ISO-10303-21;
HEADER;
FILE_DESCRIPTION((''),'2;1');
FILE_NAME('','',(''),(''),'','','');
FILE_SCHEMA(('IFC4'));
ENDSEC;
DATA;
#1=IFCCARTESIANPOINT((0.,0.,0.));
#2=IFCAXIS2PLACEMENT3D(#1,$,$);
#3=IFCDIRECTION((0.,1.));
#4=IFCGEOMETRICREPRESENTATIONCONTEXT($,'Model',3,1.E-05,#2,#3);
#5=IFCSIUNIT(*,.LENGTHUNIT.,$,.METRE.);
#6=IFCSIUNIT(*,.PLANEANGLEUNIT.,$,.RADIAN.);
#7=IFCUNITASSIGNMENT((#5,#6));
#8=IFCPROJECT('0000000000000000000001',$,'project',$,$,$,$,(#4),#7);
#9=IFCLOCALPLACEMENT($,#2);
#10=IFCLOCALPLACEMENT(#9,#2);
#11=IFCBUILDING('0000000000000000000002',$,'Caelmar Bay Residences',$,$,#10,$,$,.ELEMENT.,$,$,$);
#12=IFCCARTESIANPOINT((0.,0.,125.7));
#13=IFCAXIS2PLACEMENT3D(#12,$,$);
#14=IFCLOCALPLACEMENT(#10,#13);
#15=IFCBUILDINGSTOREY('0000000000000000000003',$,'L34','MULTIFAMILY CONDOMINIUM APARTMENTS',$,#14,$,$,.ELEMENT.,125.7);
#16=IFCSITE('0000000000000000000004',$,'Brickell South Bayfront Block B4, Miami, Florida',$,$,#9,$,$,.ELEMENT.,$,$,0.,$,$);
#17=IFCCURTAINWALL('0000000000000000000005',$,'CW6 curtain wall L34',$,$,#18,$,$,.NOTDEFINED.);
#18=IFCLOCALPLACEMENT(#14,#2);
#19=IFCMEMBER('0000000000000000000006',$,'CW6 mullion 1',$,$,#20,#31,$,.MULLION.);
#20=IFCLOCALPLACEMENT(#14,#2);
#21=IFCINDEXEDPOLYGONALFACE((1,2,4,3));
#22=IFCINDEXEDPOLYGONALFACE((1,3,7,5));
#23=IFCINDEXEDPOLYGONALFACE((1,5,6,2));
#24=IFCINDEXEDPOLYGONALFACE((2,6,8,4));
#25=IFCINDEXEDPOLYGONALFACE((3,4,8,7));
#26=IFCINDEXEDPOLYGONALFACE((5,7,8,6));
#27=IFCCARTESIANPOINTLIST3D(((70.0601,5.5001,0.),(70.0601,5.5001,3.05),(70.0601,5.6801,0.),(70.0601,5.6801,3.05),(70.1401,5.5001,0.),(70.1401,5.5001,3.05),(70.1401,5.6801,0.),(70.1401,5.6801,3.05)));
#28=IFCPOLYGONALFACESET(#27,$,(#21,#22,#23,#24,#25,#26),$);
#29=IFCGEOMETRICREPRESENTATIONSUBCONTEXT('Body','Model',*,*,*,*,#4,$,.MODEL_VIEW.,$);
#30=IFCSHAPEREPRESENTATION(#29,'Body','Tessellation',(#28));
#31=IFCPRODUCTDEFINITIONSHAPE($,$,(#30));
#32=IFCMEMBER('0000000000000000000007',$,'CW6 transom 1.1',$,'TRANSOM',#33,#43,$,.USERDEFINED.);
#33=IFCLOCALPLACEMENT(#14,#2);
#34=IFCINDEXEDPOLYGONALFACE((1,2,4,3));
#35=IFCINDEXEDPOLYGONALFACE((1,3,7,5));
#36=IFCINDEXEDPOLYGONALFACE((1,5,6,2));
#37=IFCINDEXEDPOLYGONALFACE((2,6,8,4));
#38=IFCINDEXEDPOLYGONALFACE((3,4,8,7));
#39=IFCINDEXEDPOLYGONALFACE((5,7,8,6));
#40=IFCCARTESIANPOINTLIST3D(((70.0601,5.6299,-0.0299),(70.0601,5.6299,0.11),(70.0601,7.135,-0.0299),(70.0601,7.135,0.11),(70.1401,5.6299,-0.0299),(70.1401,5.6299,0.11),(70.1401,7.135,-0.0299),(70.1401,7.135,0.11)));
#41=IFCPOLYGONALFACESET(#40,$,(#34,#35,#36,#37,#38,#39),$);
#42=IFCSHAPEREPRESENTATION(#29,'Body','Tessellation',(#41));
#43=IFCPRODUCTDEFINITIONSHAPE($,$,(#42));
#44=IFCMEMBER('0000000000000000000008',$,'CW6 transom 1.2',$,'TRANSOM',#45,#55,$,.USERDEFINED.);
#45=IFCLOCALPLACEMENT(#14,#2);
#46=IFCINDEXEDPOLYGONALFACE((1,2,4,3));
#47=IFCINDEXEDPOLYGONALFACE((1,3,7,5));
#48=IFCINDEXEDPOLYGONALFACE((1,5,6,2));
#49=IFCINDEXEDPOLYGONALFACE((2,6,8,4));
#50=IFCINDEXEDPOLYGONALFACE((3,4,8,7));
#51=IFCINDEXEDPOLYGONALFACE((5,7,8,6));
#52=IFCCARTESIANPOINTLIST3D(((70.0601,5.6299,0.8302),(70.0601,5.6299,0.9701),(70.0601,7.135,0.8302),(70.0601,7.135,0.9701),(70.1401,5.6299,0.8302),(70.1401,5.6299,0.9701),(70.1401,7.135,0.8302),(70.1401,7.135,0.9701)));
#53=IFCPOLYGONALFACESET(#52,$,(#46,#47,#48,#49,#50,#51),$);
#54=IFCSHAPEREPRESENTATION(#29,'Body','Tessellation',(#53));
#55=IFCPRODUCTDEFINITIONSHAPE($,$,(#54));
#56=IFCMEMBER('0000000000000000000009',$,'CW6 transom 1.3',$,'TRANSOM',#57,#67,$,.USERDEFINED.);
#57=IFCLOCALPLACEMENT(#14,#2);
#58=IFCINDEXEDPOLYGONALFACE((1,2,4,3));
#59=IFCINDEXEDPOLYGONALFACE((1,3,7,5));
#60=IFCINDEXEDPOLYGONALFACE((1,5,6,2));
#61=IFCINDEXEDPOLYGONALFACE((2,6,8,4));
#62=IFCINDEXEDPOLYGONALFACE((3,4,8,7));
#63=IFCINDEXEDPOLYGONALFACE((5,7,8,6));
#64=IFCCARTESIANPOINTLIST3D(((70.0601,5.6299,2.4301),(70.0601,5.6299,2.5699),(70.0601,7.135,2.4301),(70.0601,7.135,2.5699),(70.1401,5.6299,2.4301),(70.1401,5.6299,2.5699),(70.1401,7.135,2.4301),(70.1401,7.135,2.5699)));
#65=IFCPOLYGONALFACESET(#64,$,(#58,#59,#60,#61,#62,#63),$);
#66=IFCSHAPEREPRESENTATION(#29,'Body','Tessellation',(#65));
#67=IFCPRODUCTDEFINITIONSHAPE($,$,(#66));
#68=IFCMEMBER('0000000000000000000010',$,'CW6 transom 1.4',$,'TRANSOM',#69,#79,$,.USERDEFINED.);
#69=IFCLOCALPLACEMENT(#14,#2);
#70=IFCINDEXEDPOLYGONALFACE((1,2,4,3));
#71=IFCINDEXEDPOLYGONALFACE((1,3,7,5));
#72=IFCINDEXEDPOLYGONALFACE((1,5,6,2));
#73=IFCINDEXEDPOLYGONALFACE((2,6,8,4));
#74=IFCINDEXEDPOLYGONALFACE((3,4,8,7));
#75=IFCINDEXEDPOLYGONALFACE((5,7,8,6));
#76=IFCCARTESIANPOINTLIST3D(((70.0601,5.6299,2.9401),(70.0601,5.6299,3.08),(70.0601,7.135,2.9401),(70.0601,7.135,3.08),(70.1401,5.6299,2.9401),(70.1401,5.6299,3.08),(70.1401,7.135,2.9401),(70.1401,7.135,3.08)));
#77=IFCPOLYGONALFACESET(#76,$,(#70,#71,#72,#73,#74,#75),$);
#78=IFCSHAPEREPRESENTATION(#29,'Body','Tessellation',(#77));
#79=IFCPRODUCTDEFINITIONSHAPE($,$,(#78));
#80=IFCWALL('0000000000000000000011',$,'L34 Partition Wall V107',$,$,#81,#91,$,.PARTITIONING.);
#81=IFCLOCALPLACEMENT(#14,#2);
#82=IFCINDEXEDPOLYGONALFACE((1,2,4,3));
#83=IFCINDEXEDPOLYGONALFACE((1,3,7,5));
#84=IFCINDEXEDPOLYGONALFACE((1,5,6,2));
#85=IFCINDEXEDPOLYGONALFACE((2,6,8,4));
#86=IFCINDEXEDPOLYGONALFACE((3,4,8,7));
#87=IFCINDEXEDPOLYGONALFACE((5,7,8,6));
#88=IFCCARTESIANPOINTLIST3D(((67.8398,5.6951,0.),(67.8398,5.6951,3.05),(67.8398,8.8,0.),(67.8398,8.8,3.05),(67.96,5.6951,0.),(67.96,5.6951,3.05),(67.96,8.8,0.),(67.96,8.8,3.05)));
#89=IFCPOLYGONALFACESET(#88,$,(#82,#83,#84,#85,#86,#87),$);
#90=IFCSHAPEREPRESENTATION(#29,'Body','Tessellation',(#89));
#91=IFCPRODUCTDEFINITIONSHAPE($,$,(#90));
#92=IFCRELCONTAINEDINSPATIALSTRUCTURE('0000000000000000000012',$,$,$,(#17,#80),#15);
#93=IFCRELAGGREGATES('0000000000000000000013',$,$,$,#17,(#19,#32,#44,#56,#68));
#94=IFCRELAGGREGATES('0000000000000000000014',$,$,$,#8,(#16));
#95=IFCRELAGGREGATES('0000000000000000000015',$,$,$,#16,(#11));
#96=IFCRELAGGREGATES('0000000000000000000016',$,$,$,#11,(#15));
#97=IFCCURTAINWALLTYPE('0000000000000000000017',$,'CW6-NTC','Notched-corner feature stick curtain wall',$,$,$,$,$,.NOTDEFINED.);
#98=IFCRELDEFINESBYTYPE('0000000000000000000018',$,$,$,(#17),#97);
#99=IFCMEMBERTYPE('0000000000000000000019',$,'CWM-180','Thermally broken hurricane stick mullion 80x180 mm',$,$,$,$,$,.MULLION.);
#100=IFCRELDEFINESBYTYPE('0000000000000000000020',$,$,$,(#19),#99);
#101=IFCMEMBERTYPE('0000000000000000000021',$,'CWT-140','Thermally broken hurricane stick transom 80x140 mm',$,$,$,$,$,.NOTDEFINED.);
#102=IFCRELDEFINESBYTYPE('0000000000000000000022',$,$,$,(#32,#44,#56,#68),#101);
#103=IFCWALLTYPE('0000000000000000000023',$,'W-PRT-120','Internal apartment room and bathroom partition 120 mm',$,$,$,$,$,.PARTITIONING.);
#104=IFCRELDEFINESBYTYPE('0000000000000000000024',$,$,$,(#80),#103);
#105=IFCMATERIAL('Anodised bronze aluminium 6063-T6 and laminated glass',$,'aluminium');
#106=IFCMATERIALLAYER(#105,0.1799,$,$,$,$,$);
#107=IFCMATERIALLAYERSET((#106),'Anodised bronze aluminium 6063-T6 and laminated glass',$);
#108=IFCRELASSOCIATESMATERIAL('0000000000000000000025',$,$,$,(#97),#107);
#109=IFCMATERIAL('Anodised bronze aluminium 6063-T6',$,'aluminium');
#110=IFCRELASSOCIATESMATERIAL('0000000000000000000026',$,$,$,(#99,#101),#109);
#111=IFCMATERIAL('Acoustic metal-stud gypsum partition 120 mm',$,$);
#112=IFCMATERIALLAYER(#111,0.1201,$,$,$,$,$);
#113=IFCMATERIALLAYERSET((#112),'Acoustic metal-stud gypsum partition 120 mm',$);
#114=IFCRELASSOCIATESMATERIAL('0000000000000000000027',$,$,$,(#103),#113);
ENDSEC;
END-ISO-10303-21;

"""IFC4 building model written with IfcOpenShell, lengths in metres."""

from ifc_helpers import new_model, si_unit, direction, frame, frame_2d, origin, origin_2d, place, context, subcontext, project, spatial, rectangle, extrude, material, layer, layer_set, material_profile, profile_set, type_object, element, aggregate, save


model = new_model("IFC4")

# Units and contexts
model_context = context("Model", 3, precision=1e-05, world=origin(), true_north=direction((0.0, 1.0)))
body_context = subcontext(model_context, "Body", "Model", "MODEL_VIEW")
ifc_project = project(units=[si_unit("LENGTHUNIT", "METRE"), si_unit("PLANEANGLEUNIT", "RADIAN")], contexts=[model_context])

# Site, building, storey
site_placement = place(None, origin())
site = spatial("IfcSite", under=ifc_project, at=site_placement, Name="Brickell South Bayfront Block B4, Miami, Florida", CompositionType="ELEMENT", RefElevation=0.0)
building_placement = place(site_placement, origin())
building = spatial("IfcBuilding", under=site, at=building_placement, Name="Caelmar Bay Residences", CompositionType="ELEMENT")
storey_placement = place(building_placement, frame((0.0, 0.0, 125.7)))
storey = spatial("IfcBuildingStorey", under=building, at=storey_placement, Name="L34", Description="MULTIFAMILY CONDOMINIUM APARTMENTS", CompositionType="ELEMENT", Elevation=125.7)

# Curtain wall, members
ifc_material_1 = material(Name="Anodised bronze aluminium 6063-T6 and laminated glass", Category="aluminium")
ifc_layer_1 = layer(ifc_material_1, 0.1799)
ifc_layer_set_1 = layer_set([ifc_layer_1], Name="Anodised bronze aluminium 6063-T6 and laminated glass")
curtain_wall_type = type_object("IfcCurtainWallType", Name="CW6-NTC", Description="Notched-corner feature stick curtain wall", PredefinedType="NOTDEFINED", material=ifc_layer_set_1)
curtain_wall_placement = place(storey_placement, origin())
curtain_wall = element("IfcCurtainWall", 1, at=curtain_wall_placement, inside=storey, type_object=curtain_wall_type, Name="CW6 curtain wall L34", PredefinedType="NOTDEFINED")
ifc_material_2 = material(Name="Anodised bronze aluminium 6063-T6", Category="aluminium")
ifc_material_profile_1 = material_profile(ifc_material_2, rectangle(XDim=0.0801, YDim=0.1799, at=origin_2d()), Name="CWM-80X180")
ifc_profile_set_1 = profile_set([ifc_material_profile_1], Name="Anodised bronze aluminium 6063-T6")
member_type_1 = type_object("IfcMemberType", Name="CWM-180", Description="Thermally broken hurricane stick mullion 80x180 mm", PredefinedType="MULLION", material=ifc_profile_set_1)
member_1_placement = place(storey_placement, frame((70.1001, 5.5901, 0.0), z_axis=(0.0, 0.0, 1.0), x_axis=(-1.0, 0.0, 0.0)))
member_1 = element("IfcMember", 2, at=member_1_placement, type_object=member_type_1, Name="CW6 mullion 1", PredefinedType="MULLION", context=body_context, shape_type="SweptSolid", body=[
    extrude(rectangle(XDim=0.0801, YDim=0.1799, at=origin_2d()), origin(), (0.0, 0.0, 1.0), 3.05),
])
ifc_material_profile_2 = material_profile(ifc_material_2, rectangle(XDim=0.0801, YDim=0.1399, at=origin_2d()), Name="CWT-80X140")
ifc_profile_set_2 = profile_set([ifc_material_profile_2], Name="Anodised bronze aluminium 6063-T6")
member_type_2 = type_object("IfcMemberType", Name="CWT-140", Description="Thermally broken hurricane stick transom 80x140 mm", PredefinedType="NOTDEFINED", material=ifc_profile_set_2)
member_2_placement = place(storey_placement, frame((70.1001, 5.6299, 0.04), z_axis=(0.0, 1.0, 0.0), x_axis=(-1.0, 0.0, 0.0)))
member_2 = element("IfcMember", 3, at=member_2_placement, type_object=member_type_2, Name="CW6 transom 1.1", ObjectType="TRANSOM", PredefinedType="USERDEFINED", context=body_context, shape_type="SweptSolid", body=[
    extrude(rectangle(XDim=0.0801, YDim=0.1399, at=origin_2d()), origin(), (0.0, 0.0, 1.0), 1.5051),
])
member_3_placement = place(storey_placement, frame((70.1001, 5.6299, 0.9001), z_axis=(0.0, 1.0, 0.0), x_axis=(-1.0, 0.0, 0.0)))
member_3 = element("IfcMember", 4, at=member_3_placement, type_object=member_type_2, Name="CW6 transom 1.2", ObjectType="TRANSOM", PredefinedType="USERDEFINED", context=body_context, shape_type="SweptSolid", body=[
    extrude(rectangle(XDim=0.0801, YDim=0.1399, at=origin_2d()), origin(), (0.0, 0.0, 1.0), 1.5051),
])
member_4_placement = place(storey_placement, frame((70.1001, 5.6299, 2.5), z_axis=(0.0, 1.0, 0.0), x_axis=(-1.0, 0.0, 0.0)))
member_4 = element("IfcMember", 5, at=member_4_placement, type_object=member_type_2, Name="CW6 transom 1.3", ObjectType="TRANSOM", PredefinedType="USERDEFINED", context=body_context, shape_type="SweptSolid", body=[
    extrude(rectangle(XDim=0.0801, YDim=0.1399, at=origin_2d()), origin(), (0.0, 0.0, 1.0), 1.5051),
])
member_5_placement = place(storey_placement, frame((70.1001, 5.6299, 3.01), z_axis=(0.0, 1.0, 0.0), x_axis=(-1.0, 0.0, 0.0)))
member_5 = element("IfcMember", 6, at=member_5_placement, type_object=member_type_2, Name="CW6 transom 1.4", ObjectType="TRANSOM", PredefinedType="USERDEFINED", context=body_context, shape_type="SweptSolid", body=[
    extrude(rectangle(XDim=0.0801, YDim=0.1399, at=origin_2d()), origin(), (0.0, 0.0, 1.0), 1.5051),
])
aggregate(curtain_wall, [member_1, member_2, member_3, member_4, member_5])

# Wall
ifc_material_3 = material(Name="Acoustic metal-stud gypsum partition 120 mm")
ifc_layer_2 = layer(ifc_material_3, 0.1201)
ifc_layer_set_2 = layer_set([ifc_layer_2], Name="Acoustic metal-stud gypsum partition 120 mm")
wall_type_1 = type_object("IfcWallType", Name="W-PRT-120", Description="Internal apartment room and bathroom partition 120 mm", PredefinedType="PARTITIONING", material=ifc_layer_set_2)
wall_1_placement = place(storey_placement, frame((67.8999, 5.6951, 0.0), z_axis=(0.0, 0.0, 1.0), x_axis=(0.0, 1.0, 0.0)))
element("IfcWall", 7, at=wall_1_placement, inside=storey, type_object=wall_type_1, Name="L34 Partition Wall V107", PredefinedType="PARTITIONING", context=body_context, shape_type="SweptSolid", body=[
    extrude(rectangle(XDim=3.105, YDim=0.1201, at=frame_2d((1.5525, 0.0))), origin(), (0.0, 0.0, 1.0), 3.05),
])

save(model, "model.ifc")
